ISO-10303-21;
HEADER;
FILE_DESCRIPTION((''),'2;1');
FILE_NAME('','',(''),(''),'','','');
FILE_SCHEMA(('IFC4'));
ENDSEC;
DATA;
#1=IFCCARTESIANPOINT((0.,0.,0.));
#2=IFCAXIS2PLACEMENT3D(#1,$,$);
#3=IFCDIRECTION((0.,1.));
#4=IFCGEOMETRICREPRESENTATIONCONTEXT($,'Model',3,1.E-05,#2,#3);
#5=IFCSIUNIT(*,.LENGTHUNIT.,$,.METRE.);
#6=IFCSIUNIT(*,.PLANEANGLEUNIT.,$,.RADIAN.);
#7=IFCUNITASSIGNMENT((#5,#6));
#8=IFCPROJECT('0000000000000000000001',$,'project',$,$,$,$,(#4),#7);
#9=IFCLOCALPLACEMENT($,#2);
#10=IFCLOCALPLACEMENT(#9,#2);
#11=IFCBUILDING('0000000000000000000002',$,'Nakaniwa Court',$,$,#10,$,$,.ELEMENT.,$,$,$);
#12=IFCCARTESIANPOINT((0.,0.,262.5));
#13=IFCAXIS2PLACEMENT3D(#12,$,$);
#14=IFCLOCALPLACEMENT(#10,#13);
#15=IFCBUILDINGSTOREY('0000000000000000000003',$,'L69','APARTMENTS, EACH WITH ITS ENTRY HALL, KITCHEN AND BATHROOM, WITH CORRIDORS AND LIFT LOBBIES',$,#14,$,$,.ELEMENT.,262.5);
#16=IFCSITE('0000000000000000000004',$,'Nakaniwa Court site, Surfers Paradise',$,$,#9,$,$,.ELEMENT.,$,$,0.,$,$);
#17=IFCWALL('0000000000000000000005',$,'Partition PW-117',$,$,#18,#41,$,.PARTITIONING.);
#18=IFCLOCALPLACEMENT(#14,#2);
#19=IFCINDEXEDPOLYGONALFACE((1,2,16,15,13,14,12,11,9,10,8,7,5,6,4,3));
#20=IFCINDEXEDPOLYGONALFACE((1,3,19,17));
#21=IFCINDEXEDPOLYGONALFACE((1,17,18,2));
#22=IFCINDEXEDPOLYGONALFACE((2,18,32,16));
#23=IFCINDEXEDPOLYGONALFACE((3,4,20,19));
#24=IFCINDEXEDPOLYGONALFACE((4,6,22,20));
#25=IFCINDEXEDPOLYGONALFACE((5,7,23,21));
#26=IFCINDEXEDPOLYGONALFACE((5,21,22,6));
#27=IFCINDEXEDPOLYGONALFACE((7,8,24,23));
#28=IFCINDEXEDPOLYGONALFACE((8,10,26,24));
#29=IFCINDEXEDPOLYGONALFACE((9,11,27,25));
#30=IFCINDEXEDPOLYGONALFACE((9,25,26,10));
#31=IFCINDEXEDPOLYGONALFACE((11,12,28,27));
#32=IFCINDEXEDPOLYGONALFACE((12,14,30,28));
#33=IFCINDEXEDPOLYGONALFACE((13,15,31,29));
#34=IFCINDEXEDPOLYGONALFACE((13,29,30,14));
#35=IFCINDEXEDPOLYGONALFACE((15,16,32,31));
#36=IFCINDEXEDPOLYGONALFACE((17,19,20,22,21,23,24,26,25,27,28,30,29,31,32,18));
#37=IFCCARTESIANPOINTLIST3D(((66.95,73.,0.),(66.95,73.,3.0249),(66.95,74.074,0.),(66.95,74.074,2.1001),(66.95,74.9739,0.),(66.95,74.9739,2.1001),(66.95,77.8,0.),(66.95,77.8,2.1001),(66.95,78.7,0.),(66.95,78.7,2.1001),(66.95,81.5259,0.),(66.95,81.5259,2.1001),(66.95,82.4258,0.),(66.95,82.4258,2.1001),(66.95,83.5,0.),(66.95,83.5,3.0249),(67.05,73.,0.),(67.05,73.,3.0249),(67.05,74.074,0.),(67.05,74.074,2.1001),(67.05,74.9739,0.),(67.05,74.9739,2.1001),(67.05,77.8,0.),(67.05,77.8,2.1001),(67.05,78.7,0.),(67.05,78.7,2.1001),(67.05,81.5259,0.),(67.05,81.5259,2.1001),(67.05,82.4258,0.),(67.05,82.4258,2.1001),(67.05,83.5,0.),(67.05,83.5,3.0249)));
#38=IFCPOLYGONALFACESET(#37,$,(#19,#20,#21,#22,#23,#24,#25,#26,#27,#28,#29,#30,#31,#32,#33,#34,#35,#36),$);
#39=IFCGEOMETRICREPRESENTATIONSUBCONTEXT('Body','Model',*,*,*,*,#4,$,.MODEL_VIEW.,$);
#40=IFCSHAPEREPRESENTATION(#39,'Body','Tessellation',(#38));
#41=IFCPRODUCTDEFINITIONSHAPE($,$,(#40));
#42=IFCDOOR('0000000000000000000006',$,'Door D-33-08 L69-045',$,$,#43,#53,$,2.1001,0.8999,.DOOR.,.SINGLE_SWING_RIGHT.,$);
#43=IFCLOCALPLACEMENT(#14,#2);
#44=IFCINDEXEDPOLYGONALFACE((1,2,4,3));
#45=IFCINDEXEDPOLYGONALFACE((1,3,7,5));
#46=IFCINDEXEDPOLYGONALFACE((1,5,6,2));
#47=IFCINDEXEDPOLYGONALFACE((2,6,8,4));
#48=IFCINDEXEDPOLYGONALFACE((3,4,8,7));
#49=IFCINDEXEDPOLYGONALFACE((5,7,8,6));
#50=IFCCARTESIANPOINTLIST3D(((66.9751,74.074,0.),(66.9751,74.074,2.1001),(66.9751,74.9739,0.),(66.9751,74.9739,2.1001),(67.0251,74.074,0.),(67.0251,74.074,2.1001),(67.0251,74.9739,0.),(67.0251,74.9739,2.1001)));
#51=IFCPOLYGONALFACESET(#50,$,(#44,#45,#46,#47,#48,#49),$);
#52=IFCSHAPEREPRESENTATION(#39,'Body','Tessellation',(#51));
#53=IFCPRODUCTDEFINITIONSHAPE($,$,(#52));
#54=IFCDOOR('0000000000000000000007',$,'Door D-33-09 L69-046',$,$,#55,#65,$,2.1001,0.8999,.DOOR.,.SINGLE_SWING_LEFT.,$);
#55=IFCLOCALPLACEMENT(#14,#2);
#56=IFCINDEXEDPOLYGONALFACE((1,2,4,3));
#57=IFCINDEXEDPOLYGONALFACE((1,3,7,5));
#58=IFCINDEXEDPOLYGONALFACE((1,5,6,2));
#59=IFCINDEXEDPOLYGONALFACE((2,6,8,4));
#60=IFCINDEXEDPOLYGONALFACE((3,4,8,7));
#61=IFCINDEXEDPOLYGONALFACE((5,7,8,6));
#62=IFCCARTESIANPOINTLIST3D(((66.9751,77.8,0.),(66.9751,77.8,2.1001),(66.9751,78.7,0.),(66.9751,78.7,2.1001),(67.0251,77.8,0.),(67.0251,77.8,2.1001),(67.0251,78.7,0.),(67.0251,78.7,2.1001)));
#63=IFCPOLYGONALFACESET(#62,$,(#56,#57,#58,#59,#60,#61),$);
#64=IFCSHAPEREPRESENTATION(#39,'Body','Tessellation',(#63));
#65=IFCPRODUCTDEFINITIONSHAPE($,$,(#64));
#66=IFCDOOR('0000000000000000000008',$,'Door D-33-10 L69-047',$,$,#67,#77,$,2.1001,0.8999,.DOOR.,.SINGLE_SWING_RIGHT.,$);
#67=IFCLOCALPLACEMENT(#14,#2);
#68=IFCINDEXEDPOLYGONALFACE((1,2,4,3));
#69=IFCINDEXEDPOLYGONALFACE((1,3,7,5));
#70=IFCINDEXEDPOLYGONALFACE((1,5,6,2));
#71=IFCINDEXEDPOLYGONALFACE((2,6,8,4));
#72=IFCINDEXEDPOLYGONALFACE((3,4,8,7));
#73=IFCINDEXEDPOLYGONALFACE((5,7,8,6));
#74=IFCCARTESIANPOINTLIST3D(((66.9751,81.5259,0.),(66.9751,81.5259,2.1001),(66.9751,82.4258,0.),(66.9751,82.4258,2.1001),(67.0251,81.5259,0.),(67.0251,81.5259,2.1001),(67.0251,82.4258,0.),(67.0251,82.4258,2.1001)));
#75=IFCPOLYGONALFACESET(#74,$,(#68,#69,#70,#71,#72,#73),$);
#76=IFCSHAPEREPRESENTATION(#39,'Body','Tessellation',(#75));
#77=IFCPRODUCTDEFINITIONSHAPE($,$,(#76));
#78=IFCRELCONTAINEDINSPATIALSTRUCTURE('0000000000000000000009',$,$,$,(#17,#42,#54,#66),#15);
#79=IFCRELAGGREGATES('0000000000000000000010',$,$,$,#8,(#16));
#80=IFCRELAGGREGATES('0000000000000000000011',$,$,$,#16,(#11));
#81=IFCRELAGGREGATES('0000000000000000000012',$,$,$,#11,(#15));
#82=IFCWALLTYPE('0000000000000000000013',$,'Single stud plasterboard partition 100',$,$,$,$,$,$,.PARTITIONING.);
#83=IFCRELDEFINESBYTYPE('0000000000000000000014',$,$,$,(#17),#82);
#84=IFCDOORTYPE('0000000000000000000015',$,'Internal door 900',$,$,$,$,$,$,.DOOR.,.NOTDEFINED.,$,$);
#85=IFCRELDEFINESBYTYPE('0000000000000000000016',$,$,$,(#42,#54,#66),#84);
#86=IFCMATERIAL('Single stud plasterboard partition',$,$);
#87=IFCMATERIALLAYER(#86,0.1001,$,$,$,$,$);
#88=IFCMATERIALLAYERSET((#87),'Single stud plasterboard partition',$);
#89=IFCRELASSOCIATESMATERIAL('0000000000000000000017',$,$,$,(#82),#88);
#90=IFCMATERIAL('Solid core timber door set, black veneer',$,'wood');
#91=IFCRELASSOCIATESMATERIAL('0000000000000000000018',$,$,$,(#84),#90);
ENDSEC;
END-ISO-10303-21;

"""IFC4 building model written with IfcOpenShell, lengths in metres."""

from ifc_helpers import new_model, si_unit, direction, frame, frame_2d, origin, place, context, subcontext, project, spatial, rectangle, extrude, material, layer, layer_set, type_object, element, fill, save


model = new_model("IFC4")

# Units and contexts
model_context = context("Model", 3, precision=1e-05, world=origin(), true_north=direction((0.0, 1.0)))
body_context = subcontext(model_context, "Body", "Model", "MODEL_VIEW")
ifc_project = project(units=[si_unit("LENGTHUNIT", "METRE"), si_unit("PLANEANGLEUNIT", "RADIAN")], contexts=[model_context])

# Site, building, storey
site_placement = place(None, origin())
site = spatial("IfcSite", under=ifc_project, at=site_placement, Name="Nakaniwa Court site, Surfers Paradise", CompositionType="ELEMENT", RefElevation=0.0)
building_placement = place(site_placement, origin())
building = spatial("IfcBuilding", under=site, at=building_placement, Name="Nakaniwa Court", CompositionType="ELEMENT")
storey_placement = place(building_placement, frame((0.0, 0.0, 262.5)))
storey = spatial("IfcBuildingStorey", under=building, at=storey_placement, Name="L69", Description="APARTMENTS, EACH WITH ITS ENTRY HALL, KITCHEN AND BATHROOM, WITH CORRIDORS AND LIFT LOBBIES", CompositionType="ELEMENT", Elevation=262.5)

# Shared definitions
ifc_material_1 = material(Name="Single stud plasterboard partition")
ifc_layer_1 = layer(ifc_material_1, 0.1001)
ifc_layer_set_1 = layer_set([ifc_layer_1], Name="Single stud plasterboard partition")
wall_type_1 = type_object("IfcWallType", Name="Single stud plasterboard partition 100", PredefinedType="PARTITIONING", material=ifc_layer_set_1)

# Wall, openings, doors
wall_1_placement = place(storey_placement, frame((67.0, 73.0, 0.0), z_axis=(0.0, 0.0, 1.0), x_axis=(0.0, 1.0, 0.0)))
wall_1 = element("IfcWall", 1, at=wall_1_placement, inside=storey, type_object=wall_type_1, Name="Partition PW-117", PredefinedType="PARTITIONING", context=body_context, shape_type="SweptSolid", body=[
    extrude(rectangle(XDim=10.5, YDim=0.1001, at=frame_2d((5.25, 0.0))), origin(), (0.0, 0.0, 1.0), 3.0249),
])
opening_1_placement = place(wall_1_placement, frame((1.074, 0.0, 0.0)))
opening_1 = element("IfcOpeningElement", 2, at=opening_1_placement, cuts=wall_1, PredefinedType="OPENING", context=body_context, shape_type="SweptSolid", body=[
    extrude(rectangle(XDim=0.8999, YDim=2.1001, at=frame_2d((0.45, 1.05))), frame((0.0, 0.0601, 0.0), z_axis=(0.0, -1.0, 0.0), x_axis=(1.0, 0.0, 0.0)), (0.0, 0.0, 1.0), 0.1201),
])
opening_2_placement = place(wall_1_placement, frame((4.8, 0.0, 0.0)))
opening_2 = element("IfcOpeningElement", 3, at=opening_2_placement, cuts=wall_1, PredefinedType="OPENING", context=body_context, shape_type="SweptSolid", body=[
    extrude(rectangle(XDim=0.8999, YDim=2.1001, at=frame_2d((0.45, 1.05))), frame((0.0, 0.0601, 0.0), z_axis=(0.0, -1.0, 0.0), x_axis=(1.0, 0.0, 0.0)), (0.0, 0.0, 1.0), 0.1201),
])
opening_3_placement = place(wall_1_placement, frame((8.5259, 0.0, 0.0)))
opening_3 = element("IfcOpeningElement", 4, at=opening_3_placement, cuts=wall_1, PredefinedType="OPENING", context=body_context, shape_type="SweptSolid", body=[
    extrude(rectangle(XDim=0.8999, YDim=2.1001, at=frame_2d((0.45, 1.05))), frame((0.0, 0.0601, 0.0), z_axis=(0.0, -1.0, 0.0), x_axis=(1.0, 0.0, 0.0)), (0.0, 0.0, 1.0), 0.1201),
])
ifc_material_2 = material(Name="Solid core timber door set, black veneer", Category="wood")
door_type = type_object("IfcDoorType", Name="Internal door 900", OperationType="NOTDEFINED", PredefinedType="DOOR", material=ifc_material_2)
door_1_placement = place(opening_1_placement, origin())
door_1 = element("IfcDoor", 5, at=door_1_placement, inside=storey, type_object=door_type, Name="Door D-33-08 L69-045", OperationType="SINGLE_SWING_RIGHT", OverallHeight=2.1001, OverallWidth=0.8999, PredefinedType="DOOR", context=body_context, shape_type="SweptSolid", body=[
    extrude(rectangle(XDim=0.8999, YDim=2.1001, at=frame_2d((0.45, 1.05))), frame((0.0, 0.0249, 0.0), z_axis=(0.0, -1.0, 0.0), x_axis=(1.0, 0.0, 0.0)), (0.0, 0.0, 1.0), 0.05),
])
fill(opening_1, door_1)
door_2_placement = place(opening_2_placement, origin())
door_2 = element("IfcDoor", 6, at=door_2_placement, inside=storey, type_object=door_type, Name="Door D-33-09 L69-046", OperationType="SINGLE_SWING_LEFT", OverallHeight=2.1001, OverallWidth=0.8999, PredefinedType="DOOR", context=body_context, shape_type="SweptSolid", body=[
    extrude(rectangle(XDim=0.8999, YDim=2.1001, at=frame_2d((0.45, 1.05))), frame((0.0, 0.0249, 0.0), z_axis=(0.0, -1.0, 0.0), x_axis=(1.0, 0.0, 0.0)), (0.0, 0.0, 1.0), 0.05),
])
fill(opening_2, door_2)
door_3_placement = place(opening_3_placement, origin())
door_3 = element("IfcDoor", 7, at=door_3_placement, inside=storey, type_object=door_type, Name="Door D-33-10 L69-047", OperationType="SINGLE_SWING_RIGHT", OverallHeight=2.1001, OverallWidth=0.8999, PredefinedType="DOOR", context=body_context, shape_type="SweptSolid", body=[
    extrude(rectangle(XDim=0.8999, YDim=2.1001, at=frame_2d((0.45, 1.05))), frame((0.0, 0.0249, 0.0), z_axis=(0.0, -1.0, 0.0), x_axis=(1.0, 0.0, 0.0)), (0.0, 0.0, 1.0), 0.05),
])
fill(opening_3, door_3)

save(model, "model.ifc")
